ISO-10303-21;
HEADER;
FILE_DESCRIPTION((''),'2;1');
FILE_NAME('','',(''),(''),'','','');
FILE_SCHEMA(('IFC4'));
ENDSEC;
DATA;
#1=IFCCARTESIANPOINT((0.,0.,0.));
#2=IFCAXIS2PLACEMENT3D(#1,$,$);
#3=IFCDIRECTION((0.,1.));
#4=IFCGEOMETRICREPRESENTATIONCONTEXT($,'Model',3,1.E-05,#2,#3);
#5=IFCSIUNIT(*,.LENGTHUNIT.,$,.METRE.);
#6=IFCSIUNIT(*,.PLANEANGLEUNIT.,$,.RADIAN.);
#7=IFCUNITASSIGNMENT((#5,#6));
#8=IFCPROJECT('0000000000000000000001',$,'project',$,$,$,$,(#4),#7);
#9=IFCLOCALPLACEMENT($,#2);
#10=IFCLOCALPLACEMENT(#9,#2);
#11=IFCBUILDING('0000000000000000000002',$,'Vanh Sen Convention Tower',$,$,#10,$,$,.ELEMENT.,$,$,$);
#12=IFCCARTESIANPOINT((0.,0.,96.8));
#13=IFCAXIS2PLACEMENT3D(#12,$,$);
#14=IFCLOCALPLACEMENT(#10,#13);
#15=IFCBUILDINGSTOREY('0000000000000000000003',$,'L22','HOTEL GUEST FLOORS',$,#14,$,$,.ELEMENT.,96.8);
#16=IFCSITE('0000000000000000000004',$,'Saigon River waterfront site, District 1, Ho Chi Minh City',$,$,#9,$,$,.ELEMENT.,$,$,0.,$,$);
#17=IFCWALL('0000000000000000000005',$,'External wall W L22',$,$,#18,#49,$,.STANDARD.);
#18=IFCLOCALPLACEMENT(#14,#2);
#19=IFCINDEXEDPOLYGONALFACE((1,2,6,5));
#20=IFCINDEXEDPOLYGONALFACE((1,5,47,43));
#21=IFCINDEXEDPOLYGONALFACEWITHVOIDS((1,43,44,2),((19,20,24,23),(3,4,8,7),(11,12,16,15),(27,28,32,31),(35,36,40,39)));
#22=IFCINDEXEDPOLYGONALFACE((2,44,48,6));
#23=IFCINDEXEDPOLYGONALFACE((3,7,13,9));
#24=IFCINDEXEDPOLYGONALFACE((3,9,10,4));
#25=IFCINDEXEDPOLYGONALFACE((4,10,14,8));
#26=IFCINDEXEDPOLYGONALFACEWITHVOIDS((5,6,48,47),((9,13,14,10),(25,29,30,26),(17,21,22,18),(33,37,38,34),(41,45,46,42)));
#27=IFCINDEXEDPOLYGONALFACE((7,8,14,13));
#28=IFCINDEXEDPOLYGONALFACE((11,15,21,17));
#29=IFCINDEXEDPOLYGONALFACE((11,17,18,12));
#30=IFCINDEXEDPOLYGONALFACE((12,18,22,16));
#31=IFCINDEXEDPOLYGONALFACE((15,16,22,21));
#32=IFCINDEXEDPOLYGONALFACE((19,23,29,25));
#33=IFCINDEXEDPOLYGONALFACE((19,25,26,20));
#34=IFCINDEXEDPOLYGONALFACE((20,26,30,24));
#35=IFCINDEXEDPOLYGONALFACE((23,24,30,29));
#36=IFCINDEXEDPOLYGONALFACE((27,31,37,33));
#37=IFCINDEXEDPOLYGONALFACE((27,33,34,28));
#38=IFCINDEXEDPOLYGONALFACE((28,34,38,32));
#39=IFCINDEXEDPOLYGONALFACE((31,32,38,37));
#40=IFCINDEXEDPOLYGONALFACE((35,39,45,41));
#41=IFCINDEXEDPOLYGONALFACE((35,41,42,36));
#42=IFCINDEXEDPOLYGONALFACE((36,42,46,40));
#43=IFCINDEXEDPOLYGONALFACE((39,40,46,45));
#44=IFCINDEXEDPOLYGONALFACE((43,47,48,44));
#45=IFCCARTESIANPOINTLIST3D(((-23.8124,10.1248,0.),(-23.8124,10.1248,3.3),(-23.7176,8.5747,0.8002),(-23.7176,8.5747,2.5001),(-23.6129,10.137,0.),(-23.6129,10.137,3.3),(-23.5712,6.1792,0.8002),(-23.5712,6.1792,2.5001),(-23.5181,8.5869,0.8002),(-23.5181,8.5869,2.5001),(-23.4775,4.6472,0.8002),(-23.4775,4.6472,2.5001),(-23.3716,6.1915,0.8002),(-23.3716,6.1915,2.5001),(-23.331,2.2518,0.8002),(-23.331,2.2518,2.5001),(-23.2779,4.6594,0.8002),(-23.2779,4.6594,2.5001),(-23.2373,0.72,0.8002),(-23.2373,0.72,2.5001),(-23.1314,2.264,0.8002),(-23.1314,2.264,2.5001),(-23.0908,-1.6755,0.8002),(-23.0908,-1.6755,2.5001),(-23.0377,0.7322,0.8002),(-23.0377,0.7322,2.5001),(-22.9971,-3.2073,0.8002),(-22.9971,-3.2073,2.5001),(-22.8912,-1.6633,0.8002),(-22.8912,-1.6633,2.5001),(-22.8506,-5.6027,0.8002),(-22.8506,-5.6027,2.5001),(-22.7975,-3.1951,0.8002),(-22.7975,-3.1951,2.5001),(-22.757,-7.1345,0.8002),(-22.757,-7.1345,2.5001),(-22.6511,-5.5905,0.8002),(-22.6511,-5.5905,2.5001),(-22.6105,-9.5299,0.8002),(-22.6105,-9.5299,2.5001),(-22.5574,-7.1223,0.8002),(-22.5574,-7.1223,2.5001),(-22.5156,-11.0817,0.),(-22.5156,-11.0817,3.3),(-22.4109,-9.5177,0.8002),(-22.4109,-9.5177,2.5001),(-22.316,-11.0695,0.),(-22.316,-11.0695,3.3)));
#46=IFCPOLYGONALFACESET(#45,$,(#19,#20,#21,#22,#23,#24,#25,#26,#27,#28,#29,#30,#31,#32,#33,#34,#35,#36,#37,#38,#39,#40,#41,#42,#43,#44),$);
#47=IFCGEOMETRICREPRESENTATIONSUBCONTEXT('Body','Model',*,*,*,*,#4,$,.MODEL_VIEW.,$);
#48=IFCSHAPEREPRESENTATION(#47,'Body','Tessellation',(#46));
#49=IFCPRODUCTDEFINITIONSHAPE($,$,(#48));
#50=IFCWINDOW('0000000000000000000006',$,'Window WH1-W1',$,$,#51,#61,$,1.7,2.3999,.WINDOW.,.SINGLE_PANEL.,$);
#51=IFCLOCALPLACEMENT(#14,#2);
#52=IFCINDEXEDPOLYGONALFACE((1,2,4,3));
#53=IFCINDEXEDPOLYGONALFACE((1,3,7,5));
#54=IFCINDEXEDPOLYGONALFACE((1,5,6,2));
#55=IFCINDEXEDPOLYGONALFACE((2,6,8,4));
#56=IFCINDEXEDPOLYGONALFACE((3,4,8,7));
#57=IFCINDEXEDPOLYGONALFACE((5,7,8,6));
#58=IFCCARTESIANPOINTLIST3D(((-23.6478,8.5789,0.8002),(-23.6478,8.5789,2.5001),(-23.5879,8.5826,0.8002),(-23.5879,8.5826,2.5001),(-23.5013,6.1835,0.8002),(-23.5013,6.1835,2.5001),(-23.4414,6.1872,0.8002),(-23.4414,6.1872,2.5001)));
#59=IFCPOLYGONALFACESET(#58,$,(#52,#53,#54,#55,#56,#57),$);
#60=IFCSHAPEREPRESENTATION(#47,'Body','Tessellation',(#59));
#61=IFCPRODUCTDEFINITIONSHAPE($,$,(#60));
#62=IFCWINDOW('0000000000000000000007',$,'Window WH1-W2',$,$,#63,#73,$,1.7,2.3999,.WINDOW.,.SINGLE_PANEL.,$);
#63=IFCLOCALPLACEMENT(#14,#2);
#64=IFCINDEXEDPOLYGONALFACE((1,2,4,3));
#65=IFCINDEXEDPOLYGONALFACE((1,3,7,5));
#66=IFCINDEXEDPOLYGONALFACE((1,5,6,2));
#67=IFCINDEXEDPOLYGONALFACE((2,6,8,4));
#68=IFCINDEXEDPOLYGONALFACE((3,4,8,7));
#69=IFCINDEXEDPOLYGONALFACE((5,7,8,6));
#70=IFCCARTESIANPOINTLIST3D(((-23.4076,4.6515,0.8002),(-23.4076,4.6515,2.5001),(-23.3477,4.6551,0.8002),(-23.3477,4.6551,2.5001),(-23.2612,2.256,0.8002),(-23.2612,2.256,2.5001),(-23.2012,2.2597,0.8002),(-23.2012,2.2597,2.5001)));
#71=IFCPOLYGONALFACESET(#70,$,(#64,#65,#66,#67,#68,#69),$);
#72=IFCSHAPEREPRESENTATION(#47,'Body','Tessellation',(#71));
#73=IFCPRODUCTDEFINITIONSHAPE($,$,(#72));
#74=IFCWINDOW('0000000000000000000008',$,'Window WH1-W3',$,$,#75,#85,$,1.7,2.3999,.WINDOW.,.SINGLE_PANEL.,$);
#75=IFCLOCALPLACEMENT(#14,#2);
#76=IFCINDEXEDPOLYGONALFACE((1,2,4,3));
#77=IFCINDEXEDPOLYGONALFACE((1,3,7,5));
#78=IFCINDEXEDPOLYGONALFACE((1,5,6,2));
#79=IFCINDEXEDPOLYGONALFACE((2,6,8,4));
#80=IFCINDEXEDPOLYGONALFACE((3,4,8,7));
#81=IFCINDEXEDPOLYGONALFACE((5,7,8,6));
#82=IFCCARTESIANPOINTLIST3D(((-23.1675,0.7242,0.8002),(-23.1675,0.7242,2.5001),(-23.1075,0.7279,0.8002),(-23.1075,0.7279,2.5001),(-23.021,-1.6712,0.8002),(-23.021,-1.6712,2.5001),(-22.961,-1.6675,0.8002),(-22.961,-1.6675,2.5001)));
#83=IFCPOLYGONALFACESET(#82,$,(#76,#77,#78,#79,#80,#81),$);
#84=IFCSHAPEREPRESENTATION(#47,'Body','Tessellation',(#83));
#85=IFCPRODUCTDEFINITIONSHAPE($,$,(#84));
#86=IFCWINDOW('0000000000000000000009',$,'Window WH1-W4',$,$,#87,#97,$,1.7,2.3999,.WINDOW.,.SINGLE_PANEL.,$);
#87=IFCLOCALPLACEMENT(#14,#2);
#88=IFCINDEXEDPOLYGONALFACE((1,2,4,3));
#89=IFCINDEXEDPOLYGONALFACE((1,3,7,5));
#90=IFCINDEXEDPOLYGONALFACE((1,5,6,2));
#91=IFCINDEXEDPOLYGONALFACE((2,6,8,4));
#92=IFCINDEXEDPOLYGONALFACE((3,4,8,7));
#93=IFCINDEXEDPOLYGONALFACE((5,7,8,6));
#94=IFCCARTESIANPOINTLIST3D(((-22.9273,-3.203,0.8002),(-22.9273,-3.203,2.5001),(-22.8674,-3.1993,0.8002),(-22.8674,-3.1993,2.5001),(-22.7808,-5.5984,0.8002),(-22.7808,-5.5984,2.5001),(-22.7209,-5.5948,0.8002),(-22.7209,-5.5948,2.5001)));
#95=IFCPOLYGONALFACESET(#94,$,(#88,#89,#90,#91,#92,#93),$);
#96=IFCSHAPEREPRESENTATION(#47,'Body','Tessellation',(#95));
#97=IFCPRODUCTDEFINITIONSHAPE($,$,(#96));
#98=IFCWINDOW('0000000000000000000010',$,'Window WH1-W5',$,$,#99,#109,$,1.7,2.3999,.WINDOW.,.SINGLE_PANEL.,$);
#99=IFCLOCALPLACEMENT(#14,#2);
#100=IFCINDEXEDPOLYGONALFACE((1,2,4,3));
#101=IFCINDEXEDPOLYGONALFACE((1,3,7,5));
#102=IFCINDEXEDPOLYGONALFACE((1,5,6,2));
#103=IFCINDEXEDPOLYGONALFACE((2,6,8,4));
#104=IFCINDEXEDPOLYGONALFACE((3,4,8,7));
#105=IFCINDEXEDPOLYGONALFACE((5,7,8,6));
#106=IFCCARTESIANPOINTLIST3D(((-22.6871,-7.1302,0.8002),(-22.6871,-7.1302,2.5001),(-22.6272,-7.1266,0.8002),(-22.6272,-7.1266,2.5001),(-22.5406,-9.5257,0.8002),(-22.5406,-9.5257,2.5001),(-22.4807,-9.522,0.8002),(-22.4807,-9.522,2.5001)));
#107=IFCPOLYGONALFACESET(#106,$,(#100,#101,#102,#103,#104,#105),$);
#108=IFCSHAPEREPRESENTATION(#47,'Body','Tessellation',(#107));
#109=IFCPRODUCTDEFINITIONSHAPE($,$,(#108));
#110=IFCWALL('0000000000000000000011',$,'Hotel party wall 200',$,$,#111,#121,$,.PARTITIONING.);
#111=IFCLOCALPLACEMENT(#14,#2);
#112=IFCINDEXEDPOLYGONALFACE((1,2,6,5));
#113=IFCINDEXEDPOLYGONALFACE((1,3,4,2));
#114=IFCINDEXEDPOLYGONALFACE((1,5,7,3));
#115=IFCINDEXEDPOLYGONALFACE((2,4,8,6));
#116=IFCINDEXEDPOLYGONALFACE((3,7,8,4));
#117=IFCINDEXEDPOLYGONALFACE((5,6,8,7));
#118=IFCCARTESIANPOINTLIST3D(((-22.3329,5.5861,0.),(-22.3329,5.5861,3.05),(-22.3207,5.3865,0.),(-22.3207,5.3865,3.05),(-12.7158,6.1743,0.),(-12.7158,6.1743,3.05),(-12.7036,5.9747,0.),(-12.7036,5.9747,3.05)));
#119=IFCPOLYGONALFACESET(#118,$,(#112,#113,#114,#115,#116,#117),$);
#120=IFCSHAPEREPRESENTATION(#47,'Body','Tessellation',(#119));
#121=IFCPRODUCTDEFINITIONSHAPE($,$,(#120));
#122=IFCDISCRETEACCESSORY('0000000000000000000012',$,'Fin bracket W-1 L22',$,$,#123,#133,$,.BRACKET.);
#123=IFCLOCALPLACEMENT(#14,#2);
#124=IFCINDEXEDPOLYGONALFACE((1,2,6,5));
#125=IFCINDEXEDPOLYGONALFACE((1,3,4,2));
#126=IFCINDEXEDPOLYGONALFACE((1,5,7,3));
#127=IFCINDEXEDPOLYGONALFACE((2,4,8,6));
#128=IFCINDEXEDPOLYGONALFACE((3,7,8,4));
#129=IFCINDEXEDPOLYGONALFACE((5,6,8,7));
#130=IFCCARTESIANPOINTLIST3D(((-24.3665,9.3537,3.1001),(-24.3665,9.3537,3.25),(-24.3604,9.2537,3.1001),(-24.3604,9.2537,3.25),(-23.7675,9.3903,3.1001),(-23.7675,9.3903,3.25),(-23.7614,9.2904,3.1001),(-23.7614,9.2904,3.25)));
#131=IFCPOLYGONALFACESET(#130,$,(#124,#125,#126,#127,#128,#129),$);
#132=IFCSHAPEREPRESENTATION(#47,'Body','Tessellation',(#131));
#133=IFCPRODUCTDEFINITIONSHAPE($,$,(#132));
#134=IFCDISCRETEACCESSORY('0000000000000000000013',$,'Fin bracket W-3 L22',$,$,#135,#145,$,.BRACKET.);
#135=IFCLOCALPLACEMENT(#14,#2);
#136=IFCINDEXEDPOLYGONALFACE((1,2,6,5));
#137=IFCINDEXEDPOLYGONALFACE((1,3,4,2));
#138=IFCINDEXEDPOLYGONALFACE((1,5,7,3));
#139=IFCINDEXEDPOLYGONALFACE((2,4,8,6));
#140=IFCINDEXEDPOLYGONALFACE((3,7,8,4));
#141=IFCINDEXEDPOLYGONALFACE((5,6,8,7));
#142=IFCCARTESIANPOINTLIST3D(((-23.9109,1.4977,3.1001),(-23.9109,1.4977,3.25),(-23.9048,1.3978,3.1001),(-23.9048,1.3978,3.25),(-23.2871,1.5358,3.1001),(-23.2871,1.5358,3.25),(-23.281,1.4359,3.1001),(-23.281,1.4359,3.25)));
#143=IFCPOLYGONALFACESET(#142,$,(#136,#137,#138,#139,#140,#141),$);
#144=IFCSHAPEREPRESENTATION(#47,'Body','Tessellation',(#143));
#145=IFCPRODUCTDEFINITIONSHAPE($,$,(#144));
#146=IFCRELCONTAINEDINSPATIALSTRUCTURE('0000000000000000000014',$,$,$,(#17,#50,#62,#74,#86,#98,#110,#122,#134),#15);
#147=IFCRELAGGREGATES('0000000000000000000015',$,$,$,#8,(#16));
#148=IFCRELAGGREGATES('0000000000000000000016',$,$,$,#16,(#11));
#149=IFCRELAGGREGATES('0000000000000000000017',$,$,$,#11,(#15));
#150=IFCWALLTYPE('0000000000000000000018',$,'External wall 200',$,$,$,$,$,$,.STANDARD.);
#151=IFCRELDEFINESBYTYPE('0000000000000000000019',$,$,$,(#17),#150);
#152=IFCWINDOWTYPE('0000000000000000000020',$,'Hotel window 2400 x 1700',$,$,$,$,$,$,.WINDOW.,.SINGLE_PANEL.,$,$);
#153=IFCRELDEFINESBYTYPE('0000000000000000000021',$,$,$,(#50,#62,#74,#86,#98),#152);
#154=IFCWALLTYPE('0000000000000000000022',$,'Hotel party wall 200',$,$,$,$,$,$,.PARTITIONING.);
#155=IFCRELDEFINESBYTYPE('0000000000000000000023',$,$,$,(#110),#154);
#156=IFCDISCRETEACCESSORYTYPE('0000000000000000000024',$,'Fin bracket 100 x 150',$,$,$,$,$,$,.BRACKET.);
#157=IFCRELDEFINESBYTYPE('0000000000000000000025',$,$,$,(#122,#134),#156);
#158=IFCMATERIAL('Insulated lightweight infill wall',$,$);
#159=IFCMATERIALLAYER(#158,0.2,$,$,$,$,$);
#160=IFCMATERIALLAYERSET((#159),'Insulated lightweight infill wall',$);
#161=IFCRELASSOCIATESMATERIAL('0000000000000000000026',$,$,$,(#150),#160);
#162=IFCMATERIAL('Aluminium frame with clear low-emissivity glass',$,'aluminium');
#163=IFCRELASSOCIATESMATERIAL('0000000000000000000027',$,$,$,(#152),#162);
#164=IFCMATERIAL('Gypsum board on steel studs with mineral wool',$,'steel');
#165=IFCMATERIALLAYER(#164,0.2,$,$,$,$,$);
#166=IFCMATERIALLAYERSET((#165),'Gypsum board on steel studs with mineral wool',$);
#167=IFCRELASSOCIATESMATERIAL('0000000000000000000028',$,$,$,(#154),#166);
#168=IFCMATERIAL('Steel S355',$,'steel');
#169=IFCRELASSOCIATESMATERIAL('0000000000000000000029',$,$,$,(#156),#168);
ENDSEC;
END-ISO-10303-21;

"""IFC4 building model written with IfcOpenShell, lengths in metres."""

from ifc_helpers import new_model, si_unit, direction, frame, frame_2d, origin, origin_2d, place, context, subcontext, project, spatial, rectangle, extrude, material, layer, layer_set, type_object, element, fill, save


model = new_model("IFC4")

# Units and contexts
model_context = context("Model", 3, precision=1e-05, world=origin(), true_north=direction((0.0, 1.0)))
body_context = subcontext(model_context, "Body", "Model", "MODEL_VIEW")
ifc_project = project(units=[si_unit("LENGTHUNIT", "METRE"), si_unit("PLANEANGLEUNIT", "RADIAN")], contexts=[model_context])

# Site, building, storey
site_placement = place(None, origin())
site = spatial("IfcSite", under=ifc_project, at=site_placement, Name="Saigon River waterfront site, District 1, Ho Chi Minh City", CompositionType="ELEMENT", RefElevation=0.0)
building_placement = place(site_placement, origin())
building = spatial("IfcBuilding", under=site, at=building_placement, Name="Vanh Sen Convention Tower", CompositionType="ELEMENT")
storey_placement = place(building_placement, frame((0.0, 0.0, 96.8)))
storey = spatial("IfcBuildingStorey", under=building, at=storey_placement, Name="L22", Description="HOTEL GUEST FLOORS", CompositionType="ELEMENT", Elevation=96.8)

# Shared definitions
ifc_material_1 = material(Name="Gypsum board on steel studs with mineral wool", Category="steel")

# Wall, openings, windows
ifc_material_2 = material(Name="Insulated lightweight infill wall")
ifc_layer_1 = layer(ifc_material_2, 0.2)
ifc_layer_set_1 = layer_set([ifc_layer_1], Name="Insulated lightweight infill wall")
wall_type_1 = type_object("IfcWallType", Name="External wall 200", PredefinedType="STANDARD", material=ifc_layer_set_1)
wall_1_placement = place(storey_placement, frame((-23.7126, 10.1309, 0.0), z_axis=(0.0, 0.0, 1.0), x_axis=(0.06104, -0.998135, 0.0)))
wall_1 = element("IfcWall", 1, at=wall_1_placement, inside=storey, type_object=wall_type_1, Name="External wall W L22", PredefinedType="STANDARD", context=body_context, shape_type="SweptSolid", body=[
    extrude(rectangle(XDim=21.2461, YDim=0.2, at=frame_2d((10.623, 0.0))), origin(), (0.0, 0.0, 1.0), 3.3),
])
opening_1_placement = place(wall_1_placement, frame((1.553, 0.0, 0.8)))
opening_1 = element("IfcOpeningElement", 2, at=opening_1_placement, cuts=wall_1, PredefinedType="OPENING", context=body_context, shape_type="SweptSolid", body=[
    extrude(rectangle(XDim=2.3999, YDim=1.7, at=frame_2d((1.2, 0.8501))), frame((0.0, 0.1099, 0.0), z_axis=(0.0, -1.0, 0.0), x_axis=(1.0, 0.0, 0.0)), (0.0, 0.0, 1.0), 0.22),
])
opening_2_placement = place(wall_1_placement, frame((5.4878, 0.0, 0.8)))
opening_2 = element("IfcOpeningElement", 3, at=opening_2_placement, cuts=wall_1, PredefinedType="OPENING", context=body_context, shape_type="SweptSolid", body=[
    extrude(rectangle(XDim=2.3999, YDim=1.7, at=frame_2d((1.2, 0.8501))), frame((0.0, 0.1099, 0.0), z_axis=(0.0, -1.0, 0.0), x_axis=(1.0, 0.0, 0.0)), (0.0, 0.0, 1.0), 0.22),
])
opening_3_placement = place(wall_1_placement, frame((9.4224, 0.0, 0.8)))
opening_3 = element("IfcOpeningElement", 4, at=opening_3_placement, cuts=wall_1, PredefinedType="OPENING", context=body_context, shape_type="SweptSolid", body=[
    extrude(rectangle(XDim=2.3999, YDim=1.7, at=frame_2d((1.2, 0.8501))), frame((0.0, 0.1099, 0.0), z_axis=(0.0, -1.0, 0.0), x_axis=(1.0, 0.0, 0.0)), (0.0, 0.0, 1.0), 0.22),
])
opening_4_placement = place(wall_1_placement, frame((13.3569, 0.0, 0.8)))
opening_4 = element("IfcOpeningElement", 5, at=opening_4_placement, cuts=wall_1, PredefinedType="OPENING", context=body_context, shape_type="SweptSolid", body=[
    extrude(rectangle(XDim=2.3999, YDim=1.7, at=frame_2d((1.2, 0.8501))), frame((0.0, 0.1099, 0.0), z_axis=(0.0, -1.0, 0.0), x_axis=(1.0, 0.0, 0.0)), (0.0, 0.0, 1.0), 0.22),
])
opening_5_placement = place(wall_1_placement, frame((17.2915, 0.0, 0.8)))
opening_5 = element("IfcOpeningElement", 6, at=opening_5_placement, cuts=wall_1, PredefinedType="OPENING", context=body_context, shape_type="SweptSolid", body=[
    extrude(rectangle(XDim=2.3999, YDim=1.7, at=frame_2d((1.2, 0.8501))), frame((0.0, 0.1099, 0.0), z_axis=(0.0, -1.0, 0.0), x_axis=(1.0, 0.0, 0.0)), (0.0, 0.0, 1.0), 0.22),
])
ifc_material_3 = material(Name="Aluminium frame with clear low-emissivity glass", Category="aluminium")
window_type = type_object("IfcWindowType", Name="Hotel window 2400 x 1700", PartitioningType="SINGLE_PANEL", PredefinedType="WINDOW", material=ifc_material_3)
window_1_placement = place(opening_1_placement, origin())
window_1 = element("IfcWindow", 7, at=window_1_placement, inside=storey, type_object=window_type, Name="Window WH1-W1", OverallHeight=1.7, OverallWidth=2.3999, PartitioningType="SINGLE_PANEL", PredefinedType="WINDOW", context=body_context, shape_type="SweptSolid", body=[
    extrude(rectangle(XDim=2.3999, YDim=1.7, at=frame_2d((1.2, 0.8501))), frame((0.0, 0.03, 0.0), z_axis=(0.0, -1.0, 0.0), x_axis=(1.0, 0.0, 0.0)), (0.0, 0.0, 1.0), 0.0601),
])
fill(opening_1, window_1)
window_2_placement = place(opening_2_placement, origin())
window_2 = element("IfcWindow", 8, at=window_2_placement, inside=storey, type_object=window_type, Name="Window WH1-W2", OverallHeight=1.7, OverallWidth=2.3999, PartitioningType="SINGLE_PANEL", PredefinedType="WINDOW", context=body_context, shape_type="SweptSolid", body=[
    extrude(rectangle(XDim=2.3999, YDim=1.7, at=frame_2d((1.2, 0.8501))), frame((0.0, 0.03, 0.0), z_axis=(0.0, -1.0, 0.0), x_axis=(1.0, 0.0, 0.0)), (0.0, 0.0, 1.0), 0.0601),
])
fill(opening_2, window_2)
window_3_placement = place(opening_3_placement, origin())
window_3 = element("IfcWindow", 9, at=window_3_placement, inside=storey, type_object=window_type, Name="Window WH1-W3", OverallHeight=1.7, OverallWidth=2.3999, PartitioningType="SINGLE_PANEL", PredefinedType="WINDOW", context=body_context, shape_type="SweptSolid", body=[
    extrude(rectangle(XDim=2.3999, YDim=1.7, at=frame_2d((1.2, 0.8501))), frame((0.0, 0.03, 0.0), z_axis=(0.0, -1.0, 0.0), x_axis=(1.0, 0.0, 0.0)), (0.0, 0.0, 1.0), 0.0601),
])
fill(opening_3, window_3)
window_4_placement = place(opening_4_placement, origin())
window_4 = element("IfcWindow", 10, at=window_4_placement, inside=storey, type_object=window_type, Name="Window WH1-W4", OverallHeight=1.7, OverallWidth=2.3999, PartitioningType="SINGLE_PANEL", PredefinedType="WINDOW", context=body_context, shape_type="SweptSolid", body=[
    extrude(rectangle(XDim=2.3999, YDim=1.7, at=frame_2d((1.2, 0.8501))), frame((0.0, 0.03, 0.0), z_axis=(0.0, -1.0, 0.0), x_axis=(1.0, 0.0, 0.0)), (0.0, 0.0, 1.0), 0.0601),
])
fill(opening_4, window_4)
window_5_placement = place(opening_5_placement, origin())
window_5 = element("IfcWindow", 11, at=window_5_placement, inside=storey, type_object=window_type, Name="Window WH1-W5", OverallHeight=1.7, OverallWidth=2.3999, PartitioningType="SINGLE_PANEL", PredefinedType="WINDOW", context=body_context, shape_type="SweptSolid", body=[
    extrude(rectangle(XDim=2.3999, YDim=1.7, at=frame_2d((1.2, 0.8501))), frame((0.0, 0.03, 0.0), z_axis=(0.0, -1.0, 0.0), x_axis=(1.0, 0.0, 0.0)), (0.0, 0.0, 1.0), 0.0601),
])
fill(opening_5, window_5)

# Wall
ifc_layer_2 = layer(ifc_material_1, 0.2)
ifc_layer_set_2 = layer_set([ifc_layer_2], Name="Gypsum board on steel studs with mineral wool")
wall_type_2 = type_object("IfcWallType", Name="Hotel party wall 200", PredefinedType="PARTITIONING", material=ifc_layer_set_2)
wall_2_placement = place(storey_placement, frame((-22.3267, 5.4863, 0.0), z_axis=(0.0, 0.0, 1.0), x_axis=(0.998135, 0.061042, 0.0)))
element("IfcWall", 12, at=wall_2_placement, inside=storey, type_object=wall_type_2, Name="Hotel party wall 200", PredefinedType="PARTITIONING", context=body_context, shape_type="SweptSolid", body=[
    extrude(rectangle(XDim=9.635, YDim=0.2, at=frame_2d((4.8174, 0.0))), origin(), (0.0, 0.0, 1.0), 3.05),
])

# Discrete accessories
ifc_material_4 = material(Name="Steel S355", Category="steel")
discrete_accessory_type = type_object("IfcDiscreteAccessoryType", Name="Fin bracket 100 x 150", PredefinedType="BRACKET", material=ifc_material_4)
discrete_accessory_1_placement = place(storey_placement, frame((-24.064, 9.322, 3.1001), z_axis=(0.0, 0.0, 1.0), x_axis=(-0.998135, -0.061049, 0.0)))
element("IfcDiscreteAccessory", 13, at=discrete_accessory_1_placement, inside=storey, type_object=discrete_accessory_type, Name="Fin bracket W-1 L22", PredefinedType="BRACKET", context=body_context, shape_type="SweptSolid", body=[
    extrude(rectangle(XDim=0.6001, YDim=0.1001, at=origin_2d()), origin(), (0.0, 0.0, 1.0), 0.1499),
])
discrete_accessory_2_placement = place(storey_placement, frame((-23.5959, 1.4668, 3.1001), z_axis=(0.0, 0.0, 1.0), x_axis=(-0.998135, -0.061049, 0.0)))
element("IfcDiscreteAccessory", 14, at=discrete_accessory_2_placement, inside=storey, type_object=discrete_accessory_type, Name="Fin bracket W-3 L22", PredefinedType="BRACKET", context=body_context, shape_type="SweptSolid", body=[
    extrude(rectangle(XDim=0.625, YDim=0.1001, at=origin_2d()), origin(), (0.0, 0.0, 1.0), 0.1499),
])

save(model, "model.ifc")
